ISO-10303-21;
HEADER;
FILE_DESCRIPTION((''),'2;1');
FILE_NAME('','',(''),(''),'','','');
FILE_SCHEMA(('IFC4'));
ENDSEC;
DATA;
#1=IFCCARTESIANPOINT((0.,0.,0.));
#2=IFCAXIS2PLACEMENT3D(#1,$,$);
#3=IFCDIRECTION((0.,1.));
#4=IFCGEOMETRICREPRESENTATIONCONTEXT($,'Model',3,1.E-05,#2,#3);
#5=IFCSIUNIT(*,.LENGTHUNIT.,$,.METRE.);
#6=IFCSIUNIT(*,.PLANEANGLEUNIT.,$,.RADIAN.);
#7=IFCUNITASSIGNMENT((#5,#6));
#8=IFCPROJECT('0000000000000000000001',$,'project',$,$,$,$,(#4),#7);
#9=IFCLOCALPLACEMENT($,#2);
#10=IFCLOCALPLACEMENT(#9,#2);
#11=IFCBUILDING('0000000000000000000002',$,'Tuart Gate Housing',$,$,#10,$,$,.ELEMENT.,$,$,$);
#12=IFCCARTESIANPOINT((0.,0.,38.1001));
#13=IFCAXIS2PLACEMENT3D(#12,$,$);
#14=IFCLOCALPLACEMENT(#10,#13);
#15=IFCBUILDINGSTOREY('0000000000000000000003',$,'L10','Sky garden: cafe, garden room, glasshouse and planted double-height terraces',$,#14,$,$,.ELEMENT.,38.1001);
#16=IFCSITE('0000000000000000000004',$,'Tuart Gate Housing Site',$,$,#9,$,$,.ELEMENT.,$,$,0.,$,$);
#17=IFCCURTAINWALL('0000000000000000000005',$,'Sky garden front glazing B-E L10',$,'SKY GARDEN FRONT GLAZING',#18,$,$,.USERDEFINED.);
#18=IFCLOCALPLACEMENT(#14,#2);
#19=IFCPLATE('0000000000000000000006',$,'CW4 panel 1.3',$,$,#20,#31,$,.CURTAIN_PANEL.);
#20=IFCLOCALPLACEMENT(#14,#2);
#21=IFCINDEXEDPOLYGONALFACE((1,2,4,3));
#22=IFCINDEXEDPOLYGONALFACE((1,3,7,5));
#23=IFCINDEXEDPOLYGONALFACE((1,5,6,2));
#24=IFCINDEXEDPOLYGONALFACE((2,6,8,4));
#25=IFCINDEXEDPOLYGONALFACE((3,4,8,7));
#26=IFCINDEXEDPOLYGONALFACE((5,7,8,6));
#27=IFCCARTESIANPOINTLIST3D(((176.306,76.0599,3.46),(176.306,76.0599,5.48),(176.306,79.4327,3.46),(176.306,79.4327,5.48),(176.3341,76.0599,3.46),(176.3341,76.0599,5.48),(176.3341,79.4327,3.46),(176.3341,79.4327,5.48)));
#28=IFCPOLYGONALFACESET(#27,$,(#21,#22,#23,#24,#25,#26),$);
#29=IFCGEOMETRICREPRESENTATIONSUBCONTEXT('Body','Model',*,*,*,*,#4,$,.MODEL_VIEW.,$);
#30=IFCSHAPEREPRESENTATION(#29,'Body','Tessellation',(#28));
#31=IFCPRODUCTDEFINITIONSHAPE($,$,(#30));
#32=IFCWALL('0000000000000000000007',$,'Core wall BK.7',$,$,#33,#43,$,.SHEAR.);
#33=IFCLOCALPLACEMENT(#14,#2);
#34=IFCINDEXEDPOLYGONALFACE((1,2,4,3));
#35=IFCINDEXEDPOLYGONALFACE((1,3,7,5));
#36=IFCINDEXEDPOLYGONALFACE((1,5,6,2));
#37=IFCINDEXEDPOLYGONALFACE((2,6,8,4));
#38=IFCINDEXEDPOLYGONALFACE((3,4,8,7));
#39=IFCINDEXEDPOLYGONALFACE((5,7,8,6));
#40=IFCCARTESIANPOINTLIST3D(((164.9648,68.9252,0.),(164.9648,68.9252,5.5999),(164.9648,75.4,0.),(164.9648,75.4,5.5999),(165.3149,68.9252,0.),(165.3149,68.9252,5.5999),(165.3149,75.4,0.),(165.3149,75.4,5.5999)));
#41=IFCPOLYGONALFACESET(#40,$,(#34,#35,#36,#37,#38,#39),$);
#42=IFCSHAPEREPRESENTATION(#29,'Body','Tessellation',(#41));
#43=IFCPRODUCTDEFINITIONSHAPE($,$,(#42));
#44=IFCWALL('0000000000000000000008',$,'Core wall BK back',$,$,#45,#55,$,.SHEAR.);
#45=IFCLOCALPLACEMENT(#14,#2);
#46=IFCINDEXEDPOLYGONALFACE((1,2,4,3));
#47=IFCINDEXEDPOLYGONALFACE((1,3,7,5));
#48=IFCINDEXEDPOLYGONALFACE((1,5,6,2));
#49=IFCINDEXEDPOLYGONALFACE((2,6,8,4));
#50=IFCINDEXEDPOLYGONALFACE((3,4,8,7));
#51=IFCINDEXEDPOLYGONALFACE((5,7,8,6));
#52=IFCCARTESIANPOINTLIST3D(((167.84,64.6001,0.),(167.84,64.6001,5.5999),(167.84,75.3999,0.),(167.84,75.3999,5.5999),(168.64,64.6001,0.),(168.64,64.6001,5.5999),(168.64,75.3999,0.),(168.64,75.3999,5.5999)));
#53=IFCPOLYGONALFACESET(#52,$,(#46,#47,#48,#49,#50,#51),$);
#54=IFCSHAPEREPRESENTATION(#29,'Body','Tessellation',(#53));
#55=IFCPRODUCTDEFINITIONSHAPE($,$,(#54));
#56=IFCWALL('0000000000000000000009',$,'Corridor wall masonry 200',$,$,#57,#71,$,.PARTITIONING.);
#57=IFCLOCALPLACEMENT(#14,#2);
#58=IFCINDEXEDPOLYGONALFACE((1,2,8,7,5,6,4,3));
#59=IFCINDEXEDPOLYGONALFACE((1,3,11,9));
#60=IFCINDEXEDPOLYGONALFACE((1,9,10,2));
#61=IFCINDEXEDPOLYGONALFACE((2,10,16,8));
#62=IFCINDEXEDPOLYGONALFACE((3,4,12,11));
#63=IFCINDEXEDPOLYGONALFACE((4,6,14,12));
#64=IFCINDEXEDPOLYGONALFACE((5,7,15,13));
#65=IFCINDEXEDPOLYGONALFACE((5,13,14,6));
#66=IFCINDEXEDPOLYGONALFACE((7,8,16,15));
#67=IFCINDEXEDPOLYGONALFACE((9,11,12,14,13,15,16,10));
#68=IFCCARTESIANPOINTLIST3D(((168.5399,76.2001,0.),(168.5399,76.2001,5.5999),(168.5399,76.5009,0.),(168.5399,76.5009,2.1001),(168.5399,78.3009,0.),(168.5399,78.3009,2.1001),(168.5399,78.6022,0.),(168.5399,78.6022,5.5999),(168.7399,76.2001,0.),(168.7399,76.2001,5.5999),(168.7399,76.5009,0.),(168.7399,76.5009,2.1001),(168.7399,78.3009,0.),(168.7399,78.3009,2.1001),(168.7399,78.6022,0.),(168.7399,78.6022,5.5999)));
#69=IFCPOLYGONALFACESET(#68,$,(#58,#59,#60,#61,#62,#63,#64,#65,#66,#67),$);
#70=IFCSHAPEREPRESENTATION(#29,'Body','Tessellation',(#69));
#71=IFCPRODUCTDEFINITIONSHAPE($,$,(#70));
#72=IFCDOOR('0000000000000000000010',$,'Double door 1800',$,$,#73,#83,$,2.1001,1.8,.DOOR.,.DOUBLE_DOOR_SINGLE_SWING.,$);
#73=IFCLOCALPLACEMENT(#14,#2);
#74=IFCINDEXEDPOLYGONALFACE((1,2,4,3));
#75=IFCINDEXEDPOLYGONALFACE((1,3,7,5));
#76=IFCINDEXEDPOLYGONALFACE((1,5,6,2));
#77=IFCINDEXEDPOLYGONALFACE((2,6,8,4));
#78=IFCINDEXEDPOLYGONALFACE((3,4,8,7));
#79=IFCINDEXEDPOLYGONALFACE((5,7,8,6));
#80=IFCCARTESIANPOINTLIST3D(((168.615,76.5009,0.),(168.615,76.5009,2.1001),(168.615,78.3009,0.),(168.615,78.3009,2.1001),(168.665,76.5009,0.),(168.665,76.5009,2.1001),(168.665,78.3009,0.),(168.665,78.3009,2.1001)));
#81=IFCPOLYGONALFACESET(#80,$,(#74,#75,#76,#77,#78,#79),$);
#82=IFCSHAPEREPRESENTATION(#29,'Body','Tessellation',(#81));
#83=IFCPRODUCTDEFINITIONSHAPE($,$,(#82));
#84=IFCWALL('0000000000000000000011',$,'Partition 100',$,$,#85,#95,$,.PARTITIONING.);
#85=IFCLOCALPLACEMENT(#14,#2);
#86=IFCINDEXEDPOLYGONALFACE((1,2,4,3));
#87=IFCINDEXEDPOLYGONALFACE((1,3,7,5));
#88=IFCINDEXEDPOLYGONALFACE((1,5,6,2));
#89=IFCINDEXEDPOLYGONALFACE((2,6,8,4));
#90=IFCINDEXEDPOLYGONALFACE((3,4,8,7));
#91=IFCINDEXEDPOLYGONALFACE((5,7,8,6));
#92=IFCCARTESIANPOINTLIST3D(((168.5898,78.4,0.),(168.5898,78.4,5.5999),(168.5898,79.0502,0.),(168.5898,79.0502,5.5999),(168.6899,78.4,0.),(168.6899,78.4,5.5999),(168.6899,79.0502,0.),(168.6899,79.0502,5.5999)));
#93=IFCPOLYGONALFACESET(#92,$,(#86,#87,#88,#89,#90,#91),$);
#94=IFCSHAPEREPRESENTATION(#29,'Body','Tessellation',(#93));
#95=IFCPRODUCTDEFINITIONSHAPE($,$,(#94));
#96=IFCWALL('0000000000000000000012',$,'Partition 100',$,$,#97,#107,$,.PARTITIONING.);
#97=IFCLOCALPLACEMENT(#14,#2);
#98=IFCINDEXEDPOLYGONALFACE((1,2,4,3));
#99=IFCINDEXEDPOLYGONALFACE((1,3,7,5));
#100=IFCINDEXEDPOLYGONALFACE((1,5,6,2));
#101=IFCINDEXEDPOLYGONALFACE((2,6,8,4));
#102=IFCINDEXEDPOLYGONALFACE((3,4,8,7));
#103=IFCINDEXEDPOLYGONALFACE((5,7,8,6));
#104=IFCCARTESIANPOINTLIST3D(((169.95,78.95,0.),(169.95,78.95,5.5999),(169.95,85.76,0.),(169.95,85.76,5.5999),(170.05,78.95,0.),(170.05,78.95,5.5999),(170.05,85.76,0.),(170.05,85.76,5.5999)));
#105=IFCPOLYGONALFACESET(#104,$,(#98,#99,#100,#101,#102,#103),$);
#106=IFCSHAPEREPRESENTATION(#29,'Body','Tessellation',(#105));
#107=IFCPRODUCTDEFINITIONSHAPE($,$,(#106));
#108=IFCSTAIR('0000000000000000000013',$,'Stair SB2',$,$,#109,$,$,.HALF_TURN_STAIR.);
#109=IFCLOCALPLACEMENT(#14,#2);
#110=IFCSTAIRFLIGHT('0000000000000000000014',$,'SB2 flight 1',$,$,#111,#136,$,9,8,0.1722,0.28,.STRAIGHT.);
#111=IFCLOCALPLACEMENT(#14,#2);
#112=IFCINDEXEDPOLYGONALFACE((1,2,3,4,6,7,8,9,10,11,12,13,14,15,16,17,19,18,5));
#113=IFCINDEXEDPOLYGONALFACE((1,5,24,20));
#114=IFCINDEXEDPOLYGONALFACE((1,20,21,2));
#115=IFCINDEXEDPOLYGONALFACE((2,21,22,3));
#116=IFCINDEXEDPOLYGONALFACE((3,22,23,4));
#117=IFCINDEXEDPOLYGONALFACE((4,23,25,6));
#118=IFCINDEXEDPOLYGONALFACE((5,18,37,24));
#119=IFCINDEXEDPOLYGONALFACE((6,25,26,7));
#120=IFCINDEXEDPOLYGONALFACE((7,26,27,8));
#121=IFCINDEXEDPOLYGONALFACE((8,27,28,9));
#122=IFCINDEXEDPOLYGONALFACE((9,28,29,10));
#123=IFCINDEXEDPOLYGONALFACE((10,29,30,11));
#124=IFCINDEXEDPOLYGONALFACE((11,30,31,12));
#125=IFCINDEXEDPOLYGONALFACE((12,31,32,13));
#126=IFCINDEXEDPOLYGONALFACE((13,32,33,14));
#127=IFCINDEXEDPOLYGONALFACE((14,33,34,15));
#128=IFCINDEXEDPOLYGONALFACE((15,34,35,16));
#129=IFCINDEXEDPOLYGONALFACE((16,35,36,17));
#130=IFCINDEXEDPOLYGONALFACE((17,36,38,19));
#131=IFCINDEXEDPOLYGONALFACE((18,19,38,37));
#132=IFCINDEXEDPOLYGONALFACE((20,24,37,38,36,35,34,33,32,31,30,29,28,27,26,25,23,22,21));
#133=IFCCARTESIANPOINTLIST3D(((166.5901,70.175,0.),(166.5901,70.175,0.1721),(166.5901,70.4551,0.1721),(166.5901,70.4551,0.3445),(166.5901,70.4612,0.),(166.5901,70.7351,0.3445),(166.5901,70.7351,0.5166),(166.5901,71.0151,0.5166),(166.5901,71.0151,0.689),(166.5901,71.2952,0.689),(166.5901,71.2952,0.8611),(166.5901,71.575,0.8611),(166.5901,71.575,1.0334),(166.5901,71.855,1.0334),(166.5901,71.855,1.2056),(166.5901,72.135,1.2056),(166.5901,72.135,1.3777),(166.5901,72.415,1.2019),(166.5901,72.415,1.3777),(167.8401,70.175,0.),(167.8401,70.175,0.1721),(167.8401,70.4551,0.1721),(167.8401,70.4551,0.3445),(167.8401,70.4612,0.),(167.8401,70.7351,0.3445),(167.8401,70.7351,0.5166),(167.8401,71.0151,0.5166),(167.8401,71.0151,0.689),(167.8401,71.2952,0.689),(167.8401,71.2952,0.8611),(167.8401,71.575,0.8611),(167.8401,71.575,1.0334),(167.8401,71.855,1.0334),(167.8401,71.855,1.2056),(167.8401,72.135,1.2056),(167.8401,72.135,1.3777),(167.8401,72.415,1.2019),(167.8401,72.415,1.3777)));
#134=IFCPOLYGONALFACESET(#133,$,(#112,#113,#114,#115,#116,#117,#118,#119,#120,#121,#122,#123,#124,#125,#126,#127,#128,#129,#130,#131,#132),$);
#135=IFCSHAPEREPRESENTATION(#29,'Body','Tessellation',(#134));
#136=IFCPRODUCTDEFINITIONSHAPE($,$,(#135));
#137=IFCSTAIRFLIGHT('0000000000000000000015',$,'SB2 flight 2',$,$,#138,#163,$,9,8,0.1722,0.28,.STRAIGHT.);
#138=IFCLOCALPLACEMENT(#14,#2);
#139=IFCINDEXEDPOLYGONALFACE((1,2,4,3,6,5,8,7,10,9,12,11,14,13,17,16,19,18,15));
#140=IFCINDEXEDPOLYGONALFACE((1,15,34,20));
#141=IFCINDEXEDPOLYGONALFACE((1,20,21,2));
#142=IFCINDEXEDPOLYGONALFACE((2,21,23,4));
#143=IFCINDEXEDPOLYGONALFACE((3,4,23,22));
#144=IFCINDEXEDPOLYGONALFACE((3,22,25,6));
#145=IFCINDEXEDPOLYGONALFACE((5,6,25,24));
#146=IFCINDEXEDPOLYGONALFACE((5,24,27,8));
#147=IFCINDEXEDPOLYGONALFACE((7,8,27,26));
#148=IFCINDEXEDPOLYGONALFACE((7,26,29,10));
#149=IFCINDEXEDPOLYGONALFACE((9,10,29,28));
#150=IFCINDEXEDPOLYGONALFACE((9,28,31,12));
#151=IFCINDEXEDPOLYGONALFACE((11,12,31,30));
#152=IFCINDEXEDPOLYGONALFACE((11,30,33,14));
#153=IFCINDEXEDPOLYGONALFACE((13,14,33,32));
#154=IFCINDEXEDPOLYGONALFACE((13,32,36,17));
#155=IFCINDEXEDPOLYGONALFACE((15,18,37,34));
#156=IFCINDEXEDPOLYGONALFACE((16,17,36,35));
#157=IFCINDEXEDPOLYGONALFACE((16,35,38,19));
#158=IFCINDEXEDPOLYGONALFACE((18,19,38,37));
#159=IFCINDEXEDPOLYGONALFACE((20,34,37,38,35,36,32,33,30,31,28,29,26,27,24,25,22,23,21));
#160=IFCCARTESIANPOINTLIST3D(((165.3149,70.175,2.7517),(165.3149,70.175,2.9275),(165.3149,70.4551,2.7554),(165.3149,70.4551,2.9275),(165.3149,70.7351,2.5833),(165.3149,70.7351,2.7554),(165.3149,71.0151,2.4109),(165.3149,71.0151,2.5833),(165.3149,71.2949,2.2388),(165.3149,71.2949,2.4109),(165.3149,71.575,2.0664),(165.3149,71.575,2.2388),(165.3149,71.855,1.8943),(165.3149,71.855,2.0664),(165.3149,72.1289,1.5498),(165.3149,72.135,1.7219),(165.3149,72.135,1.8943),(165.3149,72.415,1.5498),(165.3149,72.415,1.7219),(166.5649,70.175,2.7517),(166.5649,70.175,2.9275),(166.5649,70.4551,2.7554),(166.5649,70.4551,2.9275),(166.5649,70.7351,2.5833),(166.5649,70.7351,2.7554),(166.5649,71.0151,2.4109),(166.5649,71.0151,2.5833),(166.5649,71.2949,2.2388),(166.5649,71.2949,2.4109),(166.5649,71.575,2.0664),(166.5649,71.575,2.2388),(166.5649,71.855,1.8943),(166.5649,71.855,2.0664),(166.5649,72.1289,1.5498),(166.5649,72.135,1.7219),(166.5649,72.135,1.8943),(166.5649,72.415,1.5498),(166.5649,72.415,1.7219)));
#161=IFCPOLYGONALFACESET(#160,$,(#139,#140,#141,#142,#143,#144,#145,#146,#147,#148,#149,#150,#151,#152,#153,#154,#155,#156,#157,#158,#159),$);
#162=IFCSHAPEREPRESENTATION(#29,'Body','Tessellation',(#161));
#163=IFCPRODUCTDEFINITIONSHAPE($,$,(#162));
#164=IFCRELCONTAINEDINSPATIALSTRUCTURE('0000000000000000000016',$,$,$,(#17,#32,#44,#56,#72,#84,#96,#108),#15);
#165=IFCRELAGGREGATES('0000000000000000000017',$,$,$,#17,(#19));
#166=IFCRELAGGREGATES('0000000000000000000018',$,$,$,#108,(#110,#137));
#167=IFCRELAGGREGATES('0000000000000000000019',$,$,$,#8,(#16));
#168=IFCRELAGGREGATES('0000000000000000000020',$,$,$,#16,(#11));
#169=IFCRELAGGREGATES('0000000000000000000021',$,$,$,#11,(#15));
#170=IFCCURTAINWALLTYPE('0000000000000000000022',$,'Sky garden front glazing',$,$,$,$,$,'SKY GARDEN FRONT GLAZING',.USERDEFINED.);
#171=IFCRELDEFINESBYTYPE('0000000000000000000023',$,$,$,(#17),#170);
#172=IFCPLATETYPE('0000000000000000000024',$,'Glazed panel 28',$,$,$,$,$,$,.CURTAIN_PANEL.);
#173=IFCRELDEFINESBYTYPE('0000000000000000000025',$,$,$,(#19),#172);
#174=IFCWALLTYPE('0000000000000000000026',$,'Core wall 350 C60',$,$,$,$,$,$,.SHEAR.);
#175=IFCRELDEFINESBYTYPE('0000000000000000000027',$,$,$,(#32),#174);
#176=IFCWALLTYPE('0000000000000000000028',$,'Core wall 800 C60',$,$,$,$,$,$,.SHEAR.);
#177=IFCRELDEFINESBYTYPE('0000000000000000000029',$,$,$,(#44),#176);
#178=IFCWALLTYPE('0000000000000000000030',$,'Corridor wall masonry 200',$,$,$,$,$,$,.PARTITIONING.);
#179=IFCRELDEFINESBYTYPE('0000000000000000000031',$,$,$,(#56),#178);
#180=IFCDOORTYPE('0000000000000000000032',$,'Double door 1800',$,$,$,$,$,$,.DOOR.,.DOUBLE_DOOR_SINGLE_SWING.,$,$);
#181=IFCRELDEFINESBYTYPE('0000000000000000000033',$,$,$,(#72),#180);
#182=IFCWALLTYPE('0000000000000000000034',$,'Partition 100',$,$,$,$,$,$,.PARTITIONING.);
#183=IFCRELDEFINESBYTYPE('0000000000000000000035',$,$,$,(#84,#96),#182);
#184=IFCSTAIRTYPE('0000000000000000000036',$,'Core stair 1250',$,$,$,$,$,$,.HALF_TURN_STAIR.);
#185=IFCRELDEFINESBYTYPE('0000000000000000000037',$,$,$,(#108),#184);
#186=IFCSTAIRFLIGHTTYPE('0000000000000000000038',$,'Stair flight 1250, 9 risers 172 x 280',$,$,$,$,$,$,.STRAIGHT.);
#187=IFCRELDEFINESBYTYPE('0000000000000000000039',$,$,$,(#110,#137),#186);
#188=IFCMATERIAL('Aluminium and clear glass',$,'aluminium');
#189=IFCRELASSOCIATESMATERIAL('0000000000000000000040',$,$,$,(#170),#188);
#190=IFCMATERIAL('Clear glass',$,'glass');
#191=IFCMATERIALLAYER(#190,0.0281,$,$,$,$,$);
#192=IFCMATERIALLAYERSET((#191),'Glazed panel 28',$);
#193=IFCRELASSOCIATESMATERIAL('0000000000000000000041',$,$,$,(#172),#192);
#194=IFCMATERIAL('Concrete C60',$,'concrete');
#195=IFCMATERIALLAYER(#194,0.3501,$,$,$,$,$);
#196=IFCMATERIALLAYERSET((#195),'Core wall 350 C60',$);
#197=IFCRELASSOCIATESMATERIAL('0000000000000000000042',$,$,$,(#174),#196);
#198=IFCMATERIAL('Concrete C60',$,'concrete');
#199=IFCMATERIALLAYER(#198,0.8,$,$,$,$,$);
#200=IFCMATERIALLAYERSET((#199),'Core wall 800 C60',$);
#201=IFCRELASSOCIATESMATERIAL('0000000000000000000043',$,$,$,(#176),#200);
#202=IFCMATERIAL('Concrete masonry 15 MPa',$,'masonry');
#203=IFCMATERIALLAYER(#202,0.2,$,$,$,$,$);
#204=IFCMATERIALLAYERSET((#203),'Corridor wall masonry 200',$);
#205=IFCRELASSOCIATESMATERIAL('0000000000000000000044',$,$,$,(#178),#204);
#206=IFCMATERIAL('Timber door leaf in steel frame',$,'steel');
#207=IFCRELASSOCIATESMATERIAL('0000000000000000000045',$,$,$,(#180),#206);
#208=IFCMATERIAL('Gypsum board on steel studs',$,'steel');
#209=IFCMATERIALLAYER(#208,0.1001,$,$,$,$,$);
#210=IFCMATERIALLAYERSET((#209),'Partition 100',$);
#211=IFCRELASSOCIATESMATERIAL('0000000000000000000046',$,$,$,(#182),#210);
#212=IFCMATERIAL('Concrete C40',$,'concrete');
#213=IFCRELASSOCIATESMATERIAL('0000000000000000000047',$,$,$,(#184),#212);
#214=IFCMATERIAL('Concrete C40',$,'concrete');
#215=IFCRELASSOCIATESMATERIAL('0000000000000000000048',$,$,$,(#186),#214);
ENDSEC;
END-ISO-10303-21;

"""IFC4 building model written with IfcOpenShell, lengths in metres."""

from ifc_helpers import new_model, si_unit, direction, frame, frame_2d, origin, origin_2d, place, context, subcontext, project, spatial, polyline, rectangle, outline, extrude, material, layer, layer_set, type_object, element, fill, aggregate, save


model = new_model("IFC4")

# Units and contexts
model_context = context("Model", 3, precision=1e-05, world=origin(), true_north=direction((0.0, 1.0)))
body_context = subcontext(model_context, "Body", "Model", "MODEL_VIEW")
ifc_project = project(units=[si_unit("LENGTHUNIT", "METRE"), si_unit("PLANEANGLEUNIT", "RADIAN")], contexts=[model_context])

# Site, building, storey
site_placement = place(None, origin())
site = spatial("IfcSite", under=ifc_project, at=site_placement, Name="Tuart Gate Housing Site", CompositionType="ELEMENT", RefElevation=0.0)
building_placement = place(site_placement, origin())
building = spatial("IfcBuilding", under=site, at=building_placement, Name="Tuart Gate Housing", CompositionType="ELEMENT")
storey_placement = place(building_placement, frame((0.0, 0.0, 38.1001)))
storey = spatial("IfcBuildingStorey", under=building, at=storey_placement, Name="L10", Description="Sky garden: cafe, garden room, glasshouse and planted double-height terraces", CompositionType="ELEMENT", Elevation=38.1001)

# Curtain wall
ifc_material_1 = material(Name="Aluminium and clear glass", Category="aluminium")
curtain_wall_type = type_object("IfcCurtainWallType", Name="Sky garden front glazing", ElementType="SKY GARDEN FRONT GLAZING", PredefinedType="USERDEFINED", material=ifc_material_1)
curtain_wall_1_placement = place(storey_placement, origin())
curtain_wall_1 = element("IfcCurtainWall", 1, at=curtain_wall_1_placement, inside=storey, type_object=curtain_wall_type, Name="Sky garden front glazing B-E L10", ObjectType="SKY GARDEN FRONT GLAZING", PredefinedType="USERDEFINED")

# Plate
ifc_material_2 = material(Name="Clear glass", Category="glass")
ifc_layer_1 = layer(ifc_material_2, 0.0281)
ifc_layer_set_1 = layer_set([ifc_layer_1], Name="Glazed panel 28")
plate_type = type_object("IfcPlateType", Name="Glazed panel 28", PredefinedType="CURTAIN_PANEL", material=ifc_layer_set_1)
plate_1_placement = place(storey_placement, frame((176.3201, 77.7463, 3.46), z_axis=(0.0, 0.0, 1.0), x_axis=(0.0, 1.0, 0.0)))
plate_1 = element("IfcPlate", 2, at=plate_1_placement, type_object=plate_type, Name="CW4 panel 1.3", PredefinedType="CURTAIN_PANEL", context=body_context, shape_type="SweptSolid", body=[
    extrude(rectangle(XDim=3.3728, YDim=0.0281, at=origin_2d()), origin(), (0.0, 0.0, 1.0), 2.02),
])
aggregate(curtain_wall_1, [plate_1])

# Walls
ifc_material_3 = material(Name="Concrete C60", Category="concrete")
ifc_layer_2 = layer(ifc_material_3, 0.3501)
ifc_layer_set_2 = layer_set([ifc_layer_2], Name="Core wall 350 C60")
wall_type_1 = type_object("IfcWallType", Name="Core wall 350 C60", PredefinedType="SHEAR", material=ifc_layer_set_2)
wall_1_placement = place(storey_placement, frame((165.1399, 75.3999, 0.0), z_axis=(0.0, 0.0, 1.0), x_axis=(0.0, -1.0, 0.0)))
element("IfcWall", 3, at=wall_1_placement, inside=storey, type_object=wall_type_1, Name="Core wall BK.7", PredefinedType="SHEAR", context=body_context, shape_type="SweptSolid", body=[
    extrude(rectangle(XDim=6.4749, YDim=0.3501, at=frame_2d((3.2373, 0.0))), origin(), (0.0, 0.0, 1.0), 5.5999),
])
ifc_material_4 = material(Name="Concrete C60", Category="concrete")
ifc_layer_3 = layer(ifc_material_4, 0.8)
ifc_layer_set_3 = layer_set([ifc_layer_3], Name="Core wall 800 C60")
wall_type_2 = type_object("IfcWallType", Name="Core wall 800 C60", PredefinedType="SHEAR", material=ifc_layer_set_3)
wall_2_placement = place(storey_placement, frame((168.24, 75.3999, 0.0), z_axis=(0.0, 0.0, 1.0), x_axis=(0.0, -1.0, 0.0)))
element("IfcWall", 4, at=wall_2_placement, inside=storey, type_object=wall_type_2, Name="Core wall BK back", PredefinedType="SHEAR", context=body_context, shape_type="SweptSolid", body=[
    extrude(rectangle(XDim=10.7998, YDim=0.8, at=frame_2d((5.3999, 0.0))), origin(), (0.0, 0.0, 1.0), 5.5999),
])

# Wall, opening, door
ifc_material_5 = material(Name="Concrete masonry 15 MPa", Category="masonry")
ifc_layer_4 = layer(ifc_material_5, 0.2)
ifc_layer_set_4 = layer_set([ifc_layer_4], Name="Corridor wall masonry 200")
wall_type_3 = type_object("IfcWallType", Name="Corridor wall masonry 200", PredefinedType="PARTITIONING", material=ifc_layer_set_4)
wall_3_placement = place(storey_placement, frame((168.6399, 76.2, 0.0), z_axis=(0.0, 0.0, 1.0), x_axis=(0.0, 1.0, 0.0)))
wall_3 = element("IfcWall", 5, at=wall_3_placement, inside=storey, type_object=wall_type_3, Name="Corridor wall masonry 200", PredefinedType="PARTITIONING", context=body_context, shape_type="SweptSolid", body=[
    extrude(rectangle(XDim=2.4021, YDim=0.2, at=frame_2d((1.2012, 0.0))), origin(), (0.0, 0.0, 1.0), 5.5999),
])
opening_1_placement = place(wall_3_placement, frame((0.301, 0.0, 0.0)))
opening_1 = element("IfcOpeningElement", 6, at=opening_1_placement, cuts=wall_3, PredefinedType="OPENING", context=body_context, shape_type="SweptSolid", body=[
    extrude(rectangle(XDim=1.8, YDim=2.1001, at=frame_2d((0.8999, 1.05))), frame((0.0, 0.1099, 0.0), z_axis=(0.0, -1.0, 0.0), x_axis=(1.0, 0.0, 0.0)), (0.0, 0.0, 1.0), 0.22),
])
ifc_material_6 = material(Name="Timber door leaf in steel frame", Category="steel")
door_type_1 = type_object("IfcDoorType", Name="Double door 1800", OperationType="DOUBLE_DOOR_SINGLE_SWING", PredefinedType="DOOR", material=ifc_material_6)
door_1_placement = place(opening_1_placement, origin())
door_1 = element("IfcDoor", 7, at=door_1_placement, inside=storey, type_object=door_type_1, Name="Double door 1800", OperationType="DOUBLE_DOOR_SINGLE_SWING", OverallHeight=2.1001, OverallWidth=1.8, PredefinedType="DOOR", context=body_context, shape_type="SweptSolid", body=[
    extrude(rectangle(XDim=1.8, YDim=2.1001, at=frame_2d((0.8999, 1.05))), frame((0.0, 0.0249, 0.0), z_axis=(0.0, -1.0, 0.0), x_axis=(1.0, 0.0, 0.0)), (0.0, 0.0, 1.0), 0.05),
])
fill(opening_1, door_1)

# Walls
ifc_material_7 = material(Name="Gypsum board on steel studs", Category="steel")
ifc_layer_5 = layer(ifc_material_7, 0.1001)
ifc_layer_set_5 = layer_set([ifc_layer_5], Name="Partition 100")
wall_type_4 = type_object("IfcWallType", Name="Partition 100", PredefinedType="PARTITIONING", material=ifc_layer_set_5)
wall_4_placement = place(storey_placement, frame((168.6399, 78.3999, 0.0), z_axis=(0.0, 0.0, 1.0), x_axis=(0.0, 1.0, 0.0)))
element("IfcWall", 8, at=wall_4_placement, inside=storey, type_object=wall_type_4, Name="Partition 100", PredefinedType="PARTITIONING", context=body_context, shape_type="SweptSolid", body=[
    extrude(rectangle(XDim=0.6501, YDim=0.1001, at=frame_2d((0.3252, 0.0))), origin(), (0.0, 0.0, 1.0), 5.5999),
])
wall_5_placement = place(storey_placement, frame((170.0, 78.95, 0.0), z_axis=(0.0, 0.0, 1.0), x_axis=(0.0, 1.0, 0.0)))
element("IfcWall", 9, at=wall_5_placement, inside=storey, type_object=wall_type_4, Name="Partition 100", PredefinedType="PARTITIONING", context=body_context, shape_type="SweptSolid", body=[
    extrude(rectangle(XDim=6.8101, YDim=0.1001, at=frame_2d((3.405, 0.0))), origin(), (0.0, 0.0, 1.0), 5.5999),
])

# Stair, stair flights
ifc_material_8 = material(Name="Concrete C40", Category="concrete")
stair_type = type_object("IfcStairType", Name="Core stair 1250", PredefinedType="HALF_TURN_STAIR", material=ifc_material_8)
stair_placement = place(storey_placement, origin())
stair = element("IfcStair", 10, at=stair_placement, inside=storey, type_object=stair_type, Name="Stair SB2", PredefinedType="HALF_TURN_STAIR")
ifc_material_9 = material(Name="Concrete C40", Category="concrete")
stair_flight_type = type_object("IfcStairFlightType", Name="Stair flight 1250, 9 risers 172 x 280", PredefinedType="STRAIGHT", material=ifc_material_9)
stair_flight_1_placement = place(storey_placement, frame((167.2151, 70.175, 0.0), z_axis=(0.0, 0.0, 1.0), x_axis=(0.0, 1.0, 0.0)))
stair_flight_1 = element("IfcStairFlight", 11, at=stair_flight_1_placement, type_object=stair_flight_type, Name="SB2 flight 1", NumberOfRisers=9, NumberOfTreads=8, PredefinedType="STRAIGHT", RiserHeight=0.1722, TreadLength=0.28, context=body_context, shape_type="SweptSolid", body=[
    extrude(outline(polyline([(0.0, 0.0), (0.0, 0.1721), (0.28, 0.1721), (0.28, 0.3445), (0.5601, 0.3445), (0.5601, 0.5166), (0.8401, 0.5166), (0.8401, 0.689), (1.1201, 0.689), (1.1201, 0.8611), (1.3999, 0.8611), (1.3999, 1.0334), (1.6799, 1.0334), (1.6799, 1.2056), (1.96, 1.2056), (1.96, 1.3777), (2.24, 1.3777), (2.24, 1.55), (2.24, 1.2019), (0.2861, 0.0), (0.0, 0.0)])), frame((0.0, 0.625, 0.0), z_axis=(0.0, -1.0, 0.0), x_axis=(1.0, 0.0, 0.0)), (0.0, 0.0, 1.0), 1.25),
])
stair_flight_2_placement = place(storey_placement, frame((165.9399, 72.415, 1.5498), z_axis=(0.0, 0.0, 1.0), x_axis=(0.0, -1.0, 0.0)))
stair_flight_2 = element("IfcStairFlight", 12, at=stair_flight_2_placement, type_object=stair_flight_type, Name="SB2 flight 2", NumberOfRisers=9, NumberOfTreads=8, PredefinedType="STRAIGHT", RiserHeight=0.1722, TreadLength=0.28, context=body_context, shape_type="SweptSolid", body=[
    extrude(outline(polyline([(0.0, 0.0), (0.0, 0.1721), (0.28, 0.1721), (0.28, 0.3445), (0.5601, 0.3445), (0.5601, 0.5166), (0.8401, 0.5166), (0.8401, 0.689), (1.1201, 0.689), (1.1201, 0.8611), (1.3999, 0.8611), (1.3999, 1.0334), (1.6799, 1.0334), (1.6799, 1.2056), (1.96, 1.2056), (1.96, 1.3777), (2.24, 1.3777), (2.24, 1.55), (2.24, 1.2019), (0.2861, 0.0), (0.0, 0.0)])), frame((0.0, 0.625, 0.0), z_axis=(0.0, -1.0, 0.0), x_axis=(1.0, 0.0, 0.0)), (0.0, 0.0, 1.0), 1.25),
])
aggregate(stair, [stair_flight_1, stair_flight_2])

save(model, "model.ifc")
